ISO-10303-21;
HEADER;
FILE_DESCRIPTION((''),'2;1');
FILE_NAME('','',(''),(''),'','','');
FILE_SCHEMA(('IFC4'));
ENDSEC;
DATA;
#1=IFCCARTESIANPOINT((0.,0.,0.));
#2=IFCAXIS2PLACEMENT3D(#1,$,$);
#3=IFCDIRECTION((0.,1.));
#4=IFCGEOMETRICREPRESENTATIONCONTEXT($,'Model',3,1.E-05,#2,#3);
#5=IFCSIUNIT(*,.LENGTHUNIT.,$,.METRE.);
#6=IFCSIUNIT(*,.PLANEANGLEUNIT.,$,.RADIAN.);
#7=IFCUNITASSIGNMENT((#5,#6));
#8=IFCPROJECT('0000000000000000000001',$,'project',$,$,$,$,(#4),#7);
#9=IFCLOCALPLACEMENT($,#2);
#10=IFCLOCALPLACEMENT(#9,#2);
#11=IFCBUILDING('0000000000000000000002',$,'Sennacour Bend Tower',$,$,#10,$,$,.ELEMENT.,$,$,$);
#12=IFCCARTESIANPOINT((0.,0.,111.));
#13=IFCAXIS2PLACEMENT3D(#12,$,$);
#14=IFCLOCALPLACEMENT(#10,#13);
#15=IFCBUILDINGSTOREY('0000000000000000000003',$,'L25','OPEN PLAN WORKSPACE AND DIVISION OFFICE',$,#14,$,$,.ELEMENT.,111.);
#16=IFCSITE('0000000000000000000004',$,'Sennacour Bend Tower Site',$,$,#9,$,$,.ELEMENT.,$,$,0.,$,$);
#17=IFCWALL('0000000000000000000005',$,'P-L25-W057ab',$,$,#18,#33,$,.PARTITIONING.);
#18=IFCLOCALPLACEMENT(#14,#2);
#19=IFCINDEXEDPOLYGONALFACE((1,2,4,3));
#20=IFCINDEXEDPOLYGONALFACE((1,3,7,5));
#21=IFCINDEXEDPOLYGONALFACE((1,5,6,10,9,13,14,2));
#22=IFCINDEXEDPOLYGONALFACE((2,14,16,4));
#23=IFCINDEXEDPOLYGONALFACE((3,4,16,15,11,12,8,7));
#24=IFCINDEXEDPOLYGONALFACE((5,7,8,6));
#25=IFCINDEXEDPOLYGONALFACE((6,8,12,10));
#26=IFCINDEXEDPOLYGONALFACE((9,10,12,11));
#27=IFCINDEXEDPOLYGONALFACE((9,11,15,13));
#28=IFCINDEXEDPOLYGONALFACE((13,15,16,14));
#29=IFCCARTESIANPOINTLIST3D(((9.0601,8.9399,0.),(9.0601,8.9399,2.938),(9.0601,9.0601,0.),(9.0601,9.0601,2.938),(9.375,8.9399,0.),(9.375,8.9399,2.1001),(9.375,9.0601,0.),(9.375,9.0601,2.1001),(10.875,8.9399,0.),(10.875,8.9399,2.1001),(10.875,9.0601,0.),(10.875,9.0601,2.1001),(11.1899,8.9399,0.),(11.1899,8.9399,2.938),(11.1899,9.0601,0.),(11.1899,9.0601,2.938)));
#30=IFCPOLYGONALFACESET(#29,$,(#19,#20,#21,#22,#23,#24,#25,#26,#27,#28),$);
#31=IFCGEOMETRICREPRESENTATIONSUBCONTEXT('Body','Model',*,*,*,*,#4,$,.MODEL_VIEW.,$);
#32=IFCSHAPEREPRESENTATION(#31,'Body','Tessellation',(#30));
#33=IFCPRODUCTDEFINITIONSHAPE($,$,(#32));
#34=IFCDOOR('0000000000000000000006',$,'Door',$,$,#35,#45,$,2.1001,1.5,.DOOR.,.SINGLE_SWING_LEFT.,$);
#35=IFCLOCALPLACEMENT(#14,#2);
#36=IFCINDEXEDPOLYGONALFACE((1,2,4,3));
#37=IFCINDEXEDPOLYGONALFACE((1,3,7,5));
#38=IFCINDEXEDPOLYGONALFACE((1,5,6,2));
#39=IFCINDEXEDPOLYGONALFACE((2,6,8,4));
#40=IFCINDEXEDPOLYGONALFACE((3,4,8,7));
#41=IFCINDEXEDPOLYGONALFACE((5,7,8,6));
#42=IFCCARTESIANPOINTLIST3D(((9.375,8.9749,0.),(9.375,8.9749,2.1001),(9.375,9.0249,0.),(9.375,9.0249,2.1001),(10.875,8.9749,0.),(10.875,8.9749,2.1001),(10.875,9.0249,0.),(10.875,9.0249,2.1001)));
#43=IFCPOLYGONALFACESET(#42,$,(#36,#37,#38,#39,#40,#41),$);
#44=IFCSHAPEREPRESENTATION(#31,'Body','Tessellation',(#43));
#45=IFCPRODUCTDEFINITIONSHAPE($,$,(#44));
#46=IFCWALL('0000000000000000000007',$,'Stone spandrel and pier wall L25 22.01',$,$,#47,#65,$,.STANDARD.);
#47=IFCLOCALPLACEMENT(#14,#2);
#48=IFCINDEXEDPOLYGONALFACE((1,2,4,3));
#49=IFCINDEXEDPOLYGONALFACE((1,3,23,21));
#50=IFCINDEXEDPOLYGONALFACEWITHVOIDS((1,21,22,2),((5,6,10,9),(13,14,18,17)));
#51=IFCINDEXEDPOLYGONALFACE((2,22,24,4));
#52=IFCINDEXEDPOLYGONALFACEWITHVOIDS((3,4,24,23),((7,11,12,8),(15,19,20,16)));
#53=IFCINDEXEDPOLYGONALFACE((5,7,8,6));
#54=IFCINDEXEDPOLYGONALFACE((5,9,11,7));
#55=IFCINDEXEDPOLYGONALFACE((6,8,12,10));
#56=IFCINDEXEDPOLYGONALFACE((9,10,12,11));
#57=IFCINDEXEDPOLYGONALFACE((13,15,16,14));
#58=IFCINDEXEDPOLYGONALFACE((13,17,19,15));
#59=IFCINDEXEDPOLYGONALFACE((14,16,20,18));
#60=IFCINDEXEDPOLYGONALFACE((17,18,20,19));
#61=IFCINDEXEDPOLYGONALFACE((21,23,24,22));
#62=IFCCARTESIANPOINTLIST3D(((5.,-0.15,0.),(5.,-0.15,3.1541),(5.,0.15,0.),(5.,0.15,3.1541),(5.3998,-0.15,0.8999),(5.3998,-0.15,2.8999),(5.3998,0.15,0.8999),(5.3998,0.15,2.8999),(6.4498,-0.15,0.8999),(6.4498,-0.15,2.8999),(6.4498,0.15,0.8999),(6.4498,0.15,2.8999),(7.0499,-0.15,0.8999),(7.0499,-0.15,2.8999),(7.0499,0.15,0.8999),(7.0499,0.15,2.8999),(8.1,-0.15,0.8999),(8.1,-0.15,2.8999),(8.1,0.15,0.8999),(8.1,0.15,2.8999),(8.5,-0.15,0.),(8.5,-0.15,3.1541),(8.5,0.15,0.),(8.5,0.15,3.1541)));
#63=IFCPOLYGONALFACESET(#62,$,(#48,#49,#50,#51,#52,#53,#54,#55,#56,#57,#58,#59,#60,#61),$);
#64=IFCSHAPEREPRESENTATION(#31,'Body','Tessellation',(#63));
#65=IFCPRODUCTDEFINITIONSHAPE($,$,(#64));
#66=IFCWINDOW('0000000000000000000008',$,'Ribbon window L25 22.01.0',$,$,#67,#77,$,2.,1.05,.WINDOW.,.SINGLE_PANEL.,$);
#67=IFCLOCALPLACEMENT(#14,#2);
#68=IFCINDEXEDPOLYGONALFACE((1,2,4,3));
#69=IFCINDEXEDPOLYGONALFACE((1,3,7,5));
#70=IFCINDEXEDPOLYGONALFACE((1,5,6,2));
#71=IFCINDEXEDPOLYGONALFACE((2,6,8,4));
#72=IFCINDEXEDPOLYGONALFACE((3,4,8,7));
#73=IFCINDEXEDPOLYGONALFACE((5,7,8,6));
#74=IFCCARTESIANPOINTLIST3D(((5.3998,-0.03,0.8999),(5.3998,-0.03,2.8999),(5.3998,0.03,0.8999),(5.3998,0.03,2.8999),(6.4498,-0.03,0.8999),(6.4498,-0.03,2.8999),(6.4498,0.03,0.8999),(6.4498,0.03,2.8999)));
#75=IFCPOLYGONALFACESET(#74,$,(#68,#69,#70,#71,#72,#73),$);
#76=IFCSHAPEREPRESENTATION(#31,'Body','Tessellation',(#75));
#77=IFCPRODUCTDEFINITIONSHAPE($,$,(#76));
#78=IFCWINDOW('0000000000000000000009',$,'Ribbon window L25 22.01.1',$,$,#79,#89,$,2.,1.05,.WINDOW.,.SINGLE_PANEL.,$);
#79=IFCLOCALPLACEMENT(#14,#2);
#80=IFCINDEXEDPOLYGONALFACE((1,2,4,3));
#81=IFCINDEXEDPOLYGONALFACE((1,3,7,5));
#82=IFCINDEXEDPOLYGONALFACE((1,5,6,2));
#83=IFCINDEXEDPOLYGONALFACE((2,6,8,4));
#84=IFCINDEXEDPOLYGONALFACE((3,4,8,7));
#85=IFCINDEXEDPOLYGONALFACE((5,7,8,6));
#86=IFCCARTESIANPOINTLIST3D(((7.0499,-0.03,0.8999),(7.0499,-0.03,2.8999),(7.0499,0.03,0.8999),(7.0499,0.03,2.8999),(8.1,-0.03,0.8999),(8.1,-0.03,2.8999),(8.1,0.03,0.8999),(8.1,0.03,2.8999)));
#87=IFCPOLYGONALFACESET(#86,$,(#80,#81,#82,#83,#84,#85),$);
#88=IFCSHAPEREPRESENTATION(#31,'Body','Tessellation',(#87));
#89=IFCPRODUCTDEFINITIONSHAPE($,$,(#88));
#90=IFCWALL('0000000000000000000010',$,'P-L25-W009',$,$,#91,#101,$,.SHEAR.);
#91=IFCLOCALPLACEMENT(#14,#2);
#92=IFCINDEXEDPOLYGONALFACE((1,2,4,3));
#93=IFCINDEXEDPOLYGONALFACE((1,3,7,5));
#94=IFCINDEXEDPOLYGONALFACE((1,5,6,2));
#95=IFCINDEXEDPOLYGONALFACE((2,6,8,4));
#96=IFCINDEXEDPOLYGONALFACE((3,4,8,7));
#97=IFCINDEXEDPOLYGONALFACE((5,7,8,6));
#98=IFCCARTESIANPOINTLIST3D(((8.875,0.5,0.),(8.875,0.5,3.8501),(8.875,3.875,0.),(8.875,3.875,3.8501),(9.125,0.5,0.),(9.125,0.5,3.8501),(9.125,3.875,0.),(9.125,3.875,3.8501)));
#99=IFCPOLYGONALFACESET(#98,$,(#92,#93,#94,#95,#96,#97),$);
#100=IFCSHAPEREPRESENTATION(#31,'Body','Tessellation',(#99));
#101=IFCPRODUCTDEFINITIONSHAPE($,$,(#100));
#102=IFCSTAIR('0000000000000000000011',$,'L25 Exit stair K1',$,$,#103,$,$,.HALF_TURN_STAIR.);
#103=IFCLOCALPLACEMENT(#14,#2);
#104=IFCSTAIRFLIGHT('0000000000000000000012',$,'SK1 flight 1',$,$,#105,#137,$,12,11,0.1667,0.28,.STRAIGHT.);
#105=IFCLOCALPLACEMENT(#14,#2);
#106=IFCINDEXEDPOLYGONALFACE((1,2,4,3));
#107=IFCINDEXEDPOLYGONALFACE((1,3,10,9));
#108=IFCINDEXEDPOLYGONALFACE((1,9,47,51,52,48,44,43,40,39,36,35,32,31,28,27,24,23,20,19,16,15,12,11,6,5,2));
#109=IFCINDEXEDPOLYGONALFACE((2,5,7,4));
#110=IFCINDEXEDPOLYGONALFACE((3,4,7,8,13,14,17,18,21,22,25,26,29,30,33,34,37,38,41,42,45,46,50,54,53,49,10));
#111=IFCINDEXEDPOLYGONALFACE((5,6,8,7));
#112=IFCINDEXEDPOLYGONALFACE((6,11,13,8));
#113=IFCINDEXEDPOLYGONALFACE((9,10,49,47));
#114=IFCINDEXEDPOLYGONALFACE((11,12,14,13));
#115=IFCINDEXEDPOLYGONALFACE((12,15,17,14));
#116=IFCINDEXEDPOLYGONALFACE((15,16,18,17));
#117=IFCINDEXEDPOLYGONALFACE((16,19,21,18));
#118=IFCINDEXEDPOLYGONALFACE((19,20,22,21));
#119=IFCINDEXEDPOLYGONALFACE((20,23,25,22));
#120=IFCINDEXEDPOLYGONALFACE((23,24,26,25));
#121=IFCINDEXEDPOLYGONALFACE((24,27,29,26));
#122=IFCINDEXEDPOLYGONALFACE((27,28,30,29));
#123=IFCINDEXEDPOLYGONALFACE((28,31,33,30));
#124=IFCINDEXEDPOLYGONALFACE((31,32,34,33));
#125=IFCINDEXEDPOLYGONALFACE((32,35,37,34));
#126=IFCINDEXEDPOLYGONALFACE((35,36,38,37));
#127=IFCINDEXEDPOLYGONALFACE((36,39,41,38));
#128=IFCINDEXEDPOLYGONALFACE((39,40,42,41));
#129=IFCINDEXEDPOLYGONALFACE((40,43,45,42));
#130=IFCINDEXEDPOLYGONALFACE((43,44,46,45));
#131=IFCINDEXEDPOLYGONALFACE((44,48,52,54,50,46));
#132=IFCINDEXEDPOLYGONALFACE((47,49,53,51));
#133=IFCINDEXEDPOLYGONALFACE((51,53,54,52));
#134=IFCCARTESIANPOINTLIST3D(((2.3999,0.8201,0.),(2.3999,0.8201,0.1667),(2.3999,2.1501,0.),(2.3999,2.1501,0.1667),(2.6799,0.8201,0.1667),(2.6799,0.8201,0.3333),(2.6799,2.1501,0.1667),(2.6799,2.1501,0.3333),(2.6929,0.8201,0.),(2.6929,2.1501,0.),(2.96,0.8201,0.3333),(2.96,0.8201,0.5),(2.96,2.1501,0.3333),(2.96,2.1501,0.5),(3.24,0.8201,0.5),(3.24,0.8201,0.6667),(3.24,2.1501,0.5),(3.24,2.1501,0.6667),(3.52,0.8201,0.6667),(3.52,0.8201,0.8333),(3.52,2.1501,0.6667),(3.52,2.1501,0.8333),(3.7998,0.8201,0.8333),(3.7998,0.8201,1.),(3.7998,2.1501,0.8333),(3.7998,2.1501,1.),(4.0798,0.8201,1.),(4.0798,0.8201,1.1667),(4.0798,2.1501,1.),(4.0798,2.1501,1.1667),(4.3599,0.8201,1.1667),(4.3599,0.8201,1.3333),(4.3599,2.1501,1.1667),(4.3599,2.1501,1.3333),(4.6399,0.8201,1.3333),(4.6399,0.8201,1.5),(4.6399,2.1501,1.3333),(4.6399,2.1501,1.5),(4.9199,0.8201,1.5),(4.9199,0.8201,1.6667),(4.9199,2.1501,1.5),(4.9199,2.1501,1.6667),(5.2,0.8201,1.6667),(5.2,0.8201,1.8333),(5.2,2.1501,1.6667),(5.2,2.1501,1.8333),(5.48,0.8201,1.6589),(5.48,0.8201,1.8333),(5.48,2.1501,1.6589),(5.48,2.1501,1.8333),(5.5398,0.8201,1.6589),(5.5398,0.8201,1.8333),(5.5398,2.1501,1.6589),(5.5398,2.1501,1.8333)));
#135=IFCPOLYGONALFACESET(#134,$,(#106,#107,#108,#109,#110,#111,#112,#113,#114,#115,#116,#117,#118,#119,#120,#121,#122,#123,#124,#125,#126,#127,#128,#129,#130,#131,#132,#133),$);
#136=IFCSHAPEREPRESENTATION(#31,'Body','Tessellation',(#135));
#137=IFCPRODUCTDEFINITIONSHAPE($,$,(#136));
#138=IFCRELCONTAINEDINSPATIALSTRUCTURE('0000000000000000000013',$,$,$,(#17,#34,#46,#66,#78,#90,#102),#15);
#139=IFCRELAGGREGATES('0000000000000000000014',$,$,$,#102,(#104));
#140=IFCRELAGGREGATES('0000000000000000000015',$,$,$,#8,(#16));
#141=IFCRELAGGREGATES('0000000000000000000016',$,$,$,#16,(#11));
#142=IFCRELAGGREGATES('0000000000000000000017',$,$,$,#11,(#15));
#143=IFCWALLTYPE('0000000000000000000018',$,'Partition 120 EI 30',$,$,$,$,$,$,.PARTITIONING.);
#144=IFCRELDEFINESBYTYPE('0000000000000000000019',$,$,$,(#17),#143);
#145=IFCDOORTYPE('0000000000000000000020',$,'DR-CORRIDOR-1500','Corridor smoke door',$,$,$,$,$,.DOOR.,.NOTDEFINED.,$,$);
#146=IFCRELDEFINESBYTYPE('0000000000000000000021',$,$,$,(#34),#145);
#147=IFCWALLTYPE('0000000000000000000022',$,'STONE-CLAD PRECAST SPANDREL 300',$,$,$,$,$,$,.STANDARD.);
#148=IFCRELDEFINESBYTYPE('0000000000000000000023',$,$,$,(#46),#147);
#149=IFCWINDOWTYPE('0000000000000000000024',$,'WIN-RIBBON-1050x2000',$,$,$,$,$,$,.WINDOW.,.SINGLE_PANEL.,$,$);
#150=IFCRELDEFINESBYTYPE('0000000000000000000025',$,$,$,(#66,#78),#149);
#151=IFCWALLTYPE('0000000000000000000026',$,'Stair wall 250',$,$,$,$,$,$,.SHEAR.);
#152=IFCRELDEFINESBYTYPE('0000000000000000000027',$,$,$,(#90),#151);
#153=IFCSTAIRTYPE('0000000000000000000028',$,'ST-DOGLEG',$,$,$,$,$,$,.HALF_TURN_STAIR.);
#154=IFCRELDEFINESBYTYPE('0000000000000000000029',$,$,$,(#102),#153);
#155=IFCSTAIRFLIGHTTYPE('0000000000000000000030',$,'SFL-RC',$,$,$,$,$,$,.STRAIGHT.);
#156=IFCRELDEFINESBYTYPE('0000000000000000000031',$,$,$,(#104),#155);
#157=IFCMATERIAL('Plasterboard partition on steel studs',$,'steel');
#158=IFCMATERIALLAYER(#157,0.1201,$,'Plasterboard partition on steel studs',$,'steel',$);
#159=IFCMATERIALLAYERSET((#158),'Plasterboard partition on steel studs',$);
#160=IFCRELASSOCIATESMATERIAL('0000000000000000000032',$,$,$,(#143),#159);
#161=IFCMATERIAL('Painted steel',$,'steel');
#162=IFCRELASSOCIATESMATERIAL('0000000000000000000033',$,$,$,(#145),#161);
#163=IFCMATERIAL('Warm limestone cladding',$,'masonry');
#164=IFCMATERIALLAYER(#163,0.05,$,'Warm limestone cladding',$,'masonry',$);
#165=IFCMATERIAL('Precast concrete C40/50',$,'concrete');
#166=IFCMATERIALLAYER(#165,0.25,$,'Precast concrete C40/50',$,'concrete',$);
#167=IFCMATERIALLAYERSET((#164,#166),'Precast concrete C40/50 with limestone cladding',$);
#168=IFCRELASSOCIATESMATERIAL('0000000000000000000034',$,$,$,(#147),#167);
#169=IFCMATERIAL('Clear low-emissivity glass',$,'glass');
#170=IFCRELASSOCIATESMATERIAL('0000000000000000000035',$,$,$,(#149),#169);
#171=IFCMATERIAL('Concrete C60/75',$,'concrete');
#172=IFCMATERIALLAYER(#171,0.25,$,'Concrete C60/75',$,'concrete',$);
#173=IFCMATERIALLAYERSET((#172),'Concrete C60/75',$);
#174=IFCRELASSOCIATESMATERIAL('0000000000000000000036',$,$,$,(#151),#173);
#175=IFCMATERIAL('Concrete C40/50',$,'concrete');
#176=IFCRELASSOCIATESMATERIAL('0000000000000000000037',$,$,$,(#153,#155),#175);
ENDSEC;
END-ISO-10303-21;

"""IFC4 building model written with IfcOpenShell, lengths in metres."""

from ifc_helpers import new_model, si_unit, direction, frame, frame_2d, origin, place, context, subcontext, project, spatial, polyline, rectangle, outline, extrude, material, layer, layer_set, type_object, element, fill, aggregate, save


model = new_model("IFC4")

# Units and contexts
model_context = context("Model", 3, precision=1e-05, world=origin(), true_north=direction((0.0, 1.0)))
body_context = subcontext(model_context, "Body", "Model", "MODEL_VIEW")
ifc_project = project(units=[si_unit("LENGTHUNIT", "METRE"), si_unit("PLANEANGLEUNIT", "RADIAN")], contexts=[model_context])

# Site, building, storey
site_placement = place(None, origin())
site = spatial("IfcSite", under=ifc_project, at=site_placement, Name="Sennacour Bend Tower Site", CompositionType="ELEMENT", RefElevation=0.0)
building_placement = place(site_placement, origin())
building = spatial("IfcBuilding", under=site, at=building_placement, Name="Sennacour Bend Tower", CompositionType="ELEMENT")
storey_placement = place(building_placement, frame((0.0, 0.0, 111.0)))
storey = spatial("IfcBuildingStorey", under=building, at=storey_placement, Name="L25", Description="OPEN PLAN WORKSPACE AND DIVISION OFFICE", CompositionType="ELEMENT", Elevation=111.0)

# Shared definitions
ifc_material_1 = material(Name="Plasterboard partition on steel studs", Category="steel")

# Wall, opening, door
ifc_layer_1 = layer(ifc_material_1, 0.1201, Name="Plasterboard partition on steel studs", Category="steel")
ifc_layer_set_1 = layer_set([ifc_layer_1], Name="Plasterboard partition on steel studs")
wall_type_1 = type_object("IfcWallType", Name="Partition 120 EI 30", PredefinedType="PARTITIONING", material=ifc_layer_set_1)
wall_1_placement = place(storey_placement, frame((9.0601, 9.0, 0.0), z_axis=(0.0, 0.0, 1.0), x_axis=(1.0, 0.0, 0.0)))
wall_1 = element("IfcWall", 1, at=wall_1_placement, inside=storey, type_object=wall_type_1, Name="P-L25-W057ab", PredefinedType="PARTITIONING", context=body_context, shape_type="SweptSolid", body=[
    extrude(rectangle(XDim=2.1299, YDim=0.1201, at=frame_2d((1.0649, 0.0))), origin(), (0.0, 0.0, 1.0), 2.938),
])
opening_1_placement = place(wall_1_placement, frame((0.3149, 0.0, 0.0)))
opening_1 = element("IfcOpeningElement", 2, at=opening_1_placement, cuts=wall_1, PredefinedType="OPENING", context=body_context, shape_type="SweptSolid", body=[
    extrude(rectangle(XDim=1.5, YDim=2.1001, at=frame_2d((0.75, 1.05))), frame((0.0, 0.0701, 0.0), z_axis=(0.0, -1.0, 0.0), x_axis=(1.0, 0.0, 0.0)), (0.0, 0.0, 1.0), 0.1401),
])
ifc_material_2 = material(Name="Painted steel", Category="steel")
door_type_1 = type_object("IfcDoorType", Name="DR-CORRIDOR-1500", Description="Corridor smoke door", OperationType="NOTDEFINED", PredefinedType="DOOR", material=ifc_material_2)
door_1_placement = place(opening_1_placement, origin())
door_1 = element("IfcDoor", 3, at=door_1_placement, inside=storey, type_object=door_type_1, Name="Door", OperationType="SINGLE_SWING_LEFT", OverallHeight=2.1001, OverallWidth=1.5, PredefinedType="DOOR", context=body_context, shape_type="SweptSolid", body=[
    extrude(rectangle(XDim=1.5, YDim=2.1001, at=frame_2d((0.75, 1.05))), frame((0.0, 0.0249, 0.0), z_axis=(0.0, -1.0, 0.0), x_axis=(1.0, 0.0, 0.0)), (0.0, 0.0, 1.0), 0.05),
])
fill(opening_1, door_1)

# Wall, openings, windows
ifc_material_3 = material(Name="Warm limestone cladding", Category="masonry")
ifc_layer_2 = layer(ifc_material_3, 0.05, Name="Warm limestone cladding", Category="masonry")
ifc_material_4 = material(Name="Precast concrete C40/50", Category="concrete")
ifc_layer_3 = layer(ifc_material_4, 0.25, Name="Precast concrete C40/50", Category="concrete")
ifc_layer_set_2 = layer_set([ifc_layer_2, ifc_layer_3], Name="Precast concrete C40/50 with limestone cladding")
wall_type_2 = type_object("IfcWallType", Name="STONE-CLAD PRECAST SPANDREL 300", PredefinedType="STANDARD", material=ifc_layer_set_2)
wall_2_placement = place(storey_placement, frame((5.0, 0.0, 0.0), z_axis=(0.0, 0.0, 1.0), x_axis=(1.0, 0.0, 0.0)))
wall_2 = element("IfcWall", 4, at=wall_2_placement, inside=storey, type_object=wall_type_2, Name="Stone spandrel and pier wall L25 22.01", PredefinedType="STANDARD", context=body_context, shape_type="SweptSolid", body=[
    extrude(rectangle(XDim=3.5, YDim=0.3, at=frame_2d((1.75, 0.0))), origin(), (0.0, 0.0, 1.0), 3.1541),
])
opening_2_placement = place(wall_2_placement, frame((0.3999, 0.0, 0.8999)))
opening_2 = element("IfcOpeningElement", 5, at=opening_2_placement, cuts=wall_2, PredefinedType="OPENING", context=body_context, shape_type="SweptSolid", body=[
    extrude(rectangle(XDim=1.05, YDim=2.0, at=frame_2d((0.5249, 1.0))), frame((0.0, 0.1602, 0.0), z_axis=(0.0, -1.0, 0.0), x_axis=(1.0, 0.0, 0.0)), (0.0, 0.0, 1.0), 0.3201),
])
opening_3_placement = place(wall_2_placement, frame((2.05, 0.0, 0.8999)))
opening_3 = element("IfcOpeningElement", 6, at=opening_3_placement, cuts=wall_2, PredefinedType="OPENING", context=body_context, shape_type="SweptSolid", body=[
    extrude(rectangle(XDim=1.05, YDim=2.0, at=frame_2d((0.5249, 1.0))), frame((0.0, 0.1602, 0.0), z_axis=(0.0, -1.0, 0.0), x_axis=(1.0, 0.0, 0.0)), (0.0, 0.0, 1.0), 0.3201),
])
ifc_material_5 = material(Name="Clear low-emissivity glass", Category="glass")
window_type = type_object("IfcWindowType", Name="WIN-RIBBON-1050x2000", PartitioningType="SINGLE_PANEL", PredefinedType="WINDOW", material=ifc_material_5)
window_1_placement = place(opening_2_placement, origin())
window_1 = element("IfcWindow", 7, at=window_1_placement, inside=storey, type_object=window_type, Name="Ribbon window L25 22.01.0", OverallHeight=2.0, OverallWidth=1.05, PartitioningType="SINGLE_PANEL", PredefinedType="WINDOW", context=body_context, shape_type="SweptSolid", body=[
    extrude(rectangle(XDim=1.05, YDim=2.0, at=frame_2d((0.5249, 1.0))), frame((0.0, 0.03, 0.0), z_axis=(0.0, -1.0, 0.0), x_axis=(1.0, 0.0, 0.0)), (0.0, 0.0, 1.0), 0.0601),
])
fill(opening_2, window_1)
window_2_placement = place(opening_3_placement, origin())
window_2 = element("IfcWindow", 8, at=window_2_placement, inside=storey, type_object=window_type, Name="Ribbon window L25 22.01.1", OverallHeight=2.0, OverallWidth=1.05, PartitioningType="SINGLE_PANEL", PredefinedType="WINDOW", context=body_context, shape_type="SweptSolid", body=[
    extrude(rectangle(XDim=1.05, YDim=2.0, at=frame_2d((0.5249, 1.0))), frame((0.0, 0.03, 0.0), z_axis=(0.0, -1.0, 0.0), x_axis=(1.0, 0.0, 0.0)), (0.0, 0.0, 1.0), 0.0601),
])
fill(opening_3, window_2)

# Wall
ifc_material_6 = material(Name="Concrete C60/75", Category="concrete")
ifc_layer_4 = layer(ifc_material_6, 0.25, Name="Concrete C60/75", Category="concrete")
ifc_layer_set_3 = layer_set([ifc_layer_4], Name="Concrete C60/75")
wall_type_3 = type_object("IfcWallType", Name="Stair wall 250", PredefinedType="SHEAR", material=ifc_layer_set_3)
wall_3_placement = place(storey_placement, frame((9.0, 0.5, 0.0), z_axis=(0.0, 0.0, 1.0), x_axis=(0.0, 1.0, 0.0)))
element("IfcWall", 9, at=wall_3_placement, inside=storey, type_object=wall_type_3, Name="P-L25-W009", PredefinedType="SHEAR", context=body_context, shape_type="SweptSolid", body=[
    extrude(rectangle(XDim=3.375, YDim=0.25, at=frame_2d((1.6875, 0.0))), origin(), (0.0, 0.0, 1.0), 3.8501),
])

# Stair, stair flight
ifc_material_7 = material(Name="Concrete C40/50", Category="concrete")
stair_type = type_object("IfcStairType", Name="ST-DOGLEG", PredefinedType="HALF_TURN_STAIR", material=ifc_material_7)
stair_placement = place(storey_placement, origin())
stair = element("IfcStair", 10, at=stair_placement, inside=storey, type_object=stair_type, Name="L25 Exit stair K1", PredefinedType="HALF_TURN_STAIR")
stair_flight_type = type_object("IfcStairFlightType", Name="SFL-RC", PredefinedType="STRAIGHT", material=ifc_material_7)
stair_flight_1_placement = place(storey_placement, frame((2.3999, 1.4851, 0.0), z_axis=(0.0, 0.0, 1.0), x_axis=(1.0, 0.0, 0.0)))
stair_flight_1 = element("IfcStairFlight", 11, at=stair_flight_1_placement, type_object=stair_flight_type, Name="SK1 flight 1", NumberOfRisers=12, NumberOfTreads=11, PredefinedType="STRAIGHT", RiserHeight=0.1667, TreadLength=0.28, context=body_context, shape_type="SweptSolid", body=[
    extrude(outline(polyline([(0.0, 0.0), (0.0, 0.1667), (0.28, 0.1667), (0.28, 0.3333), (0.5601, 0.3333), (0.5601, 0.5), (0.8401, 0.5), (0.8401, 0.6667), (1.1201, 0.6667), (1.1201, 0.8333), (1.3999, 0.8333), (1.3999, 1.0), (1.6799, 1.0), (1.6799, 1.1667), (1.96, 1.1667), (1.96, 1.3333), (2.24, 1.3333), (2.24, 1.5), (2.52, 1.5), (2.52, 1.6667), (2.8, 1.6667), (2.8, 1.8333), (3.0801, 1.8333), (3.1399, 1.8333), (3.1399, 1.6589), (3.0801, 1.6589), (0.293, 0.0), (0.0, 0.0)])), frame((0.0, 0.665, 0.0), z_axis=(0.0, -1.0, 0.0), x_axis=(1.0, 0.0, 0.0)), (0.0, 0.0, 1.0), 1.3301),
])
aggregate(stair, [stair_flight_1])

save(model, "model.ifc")
